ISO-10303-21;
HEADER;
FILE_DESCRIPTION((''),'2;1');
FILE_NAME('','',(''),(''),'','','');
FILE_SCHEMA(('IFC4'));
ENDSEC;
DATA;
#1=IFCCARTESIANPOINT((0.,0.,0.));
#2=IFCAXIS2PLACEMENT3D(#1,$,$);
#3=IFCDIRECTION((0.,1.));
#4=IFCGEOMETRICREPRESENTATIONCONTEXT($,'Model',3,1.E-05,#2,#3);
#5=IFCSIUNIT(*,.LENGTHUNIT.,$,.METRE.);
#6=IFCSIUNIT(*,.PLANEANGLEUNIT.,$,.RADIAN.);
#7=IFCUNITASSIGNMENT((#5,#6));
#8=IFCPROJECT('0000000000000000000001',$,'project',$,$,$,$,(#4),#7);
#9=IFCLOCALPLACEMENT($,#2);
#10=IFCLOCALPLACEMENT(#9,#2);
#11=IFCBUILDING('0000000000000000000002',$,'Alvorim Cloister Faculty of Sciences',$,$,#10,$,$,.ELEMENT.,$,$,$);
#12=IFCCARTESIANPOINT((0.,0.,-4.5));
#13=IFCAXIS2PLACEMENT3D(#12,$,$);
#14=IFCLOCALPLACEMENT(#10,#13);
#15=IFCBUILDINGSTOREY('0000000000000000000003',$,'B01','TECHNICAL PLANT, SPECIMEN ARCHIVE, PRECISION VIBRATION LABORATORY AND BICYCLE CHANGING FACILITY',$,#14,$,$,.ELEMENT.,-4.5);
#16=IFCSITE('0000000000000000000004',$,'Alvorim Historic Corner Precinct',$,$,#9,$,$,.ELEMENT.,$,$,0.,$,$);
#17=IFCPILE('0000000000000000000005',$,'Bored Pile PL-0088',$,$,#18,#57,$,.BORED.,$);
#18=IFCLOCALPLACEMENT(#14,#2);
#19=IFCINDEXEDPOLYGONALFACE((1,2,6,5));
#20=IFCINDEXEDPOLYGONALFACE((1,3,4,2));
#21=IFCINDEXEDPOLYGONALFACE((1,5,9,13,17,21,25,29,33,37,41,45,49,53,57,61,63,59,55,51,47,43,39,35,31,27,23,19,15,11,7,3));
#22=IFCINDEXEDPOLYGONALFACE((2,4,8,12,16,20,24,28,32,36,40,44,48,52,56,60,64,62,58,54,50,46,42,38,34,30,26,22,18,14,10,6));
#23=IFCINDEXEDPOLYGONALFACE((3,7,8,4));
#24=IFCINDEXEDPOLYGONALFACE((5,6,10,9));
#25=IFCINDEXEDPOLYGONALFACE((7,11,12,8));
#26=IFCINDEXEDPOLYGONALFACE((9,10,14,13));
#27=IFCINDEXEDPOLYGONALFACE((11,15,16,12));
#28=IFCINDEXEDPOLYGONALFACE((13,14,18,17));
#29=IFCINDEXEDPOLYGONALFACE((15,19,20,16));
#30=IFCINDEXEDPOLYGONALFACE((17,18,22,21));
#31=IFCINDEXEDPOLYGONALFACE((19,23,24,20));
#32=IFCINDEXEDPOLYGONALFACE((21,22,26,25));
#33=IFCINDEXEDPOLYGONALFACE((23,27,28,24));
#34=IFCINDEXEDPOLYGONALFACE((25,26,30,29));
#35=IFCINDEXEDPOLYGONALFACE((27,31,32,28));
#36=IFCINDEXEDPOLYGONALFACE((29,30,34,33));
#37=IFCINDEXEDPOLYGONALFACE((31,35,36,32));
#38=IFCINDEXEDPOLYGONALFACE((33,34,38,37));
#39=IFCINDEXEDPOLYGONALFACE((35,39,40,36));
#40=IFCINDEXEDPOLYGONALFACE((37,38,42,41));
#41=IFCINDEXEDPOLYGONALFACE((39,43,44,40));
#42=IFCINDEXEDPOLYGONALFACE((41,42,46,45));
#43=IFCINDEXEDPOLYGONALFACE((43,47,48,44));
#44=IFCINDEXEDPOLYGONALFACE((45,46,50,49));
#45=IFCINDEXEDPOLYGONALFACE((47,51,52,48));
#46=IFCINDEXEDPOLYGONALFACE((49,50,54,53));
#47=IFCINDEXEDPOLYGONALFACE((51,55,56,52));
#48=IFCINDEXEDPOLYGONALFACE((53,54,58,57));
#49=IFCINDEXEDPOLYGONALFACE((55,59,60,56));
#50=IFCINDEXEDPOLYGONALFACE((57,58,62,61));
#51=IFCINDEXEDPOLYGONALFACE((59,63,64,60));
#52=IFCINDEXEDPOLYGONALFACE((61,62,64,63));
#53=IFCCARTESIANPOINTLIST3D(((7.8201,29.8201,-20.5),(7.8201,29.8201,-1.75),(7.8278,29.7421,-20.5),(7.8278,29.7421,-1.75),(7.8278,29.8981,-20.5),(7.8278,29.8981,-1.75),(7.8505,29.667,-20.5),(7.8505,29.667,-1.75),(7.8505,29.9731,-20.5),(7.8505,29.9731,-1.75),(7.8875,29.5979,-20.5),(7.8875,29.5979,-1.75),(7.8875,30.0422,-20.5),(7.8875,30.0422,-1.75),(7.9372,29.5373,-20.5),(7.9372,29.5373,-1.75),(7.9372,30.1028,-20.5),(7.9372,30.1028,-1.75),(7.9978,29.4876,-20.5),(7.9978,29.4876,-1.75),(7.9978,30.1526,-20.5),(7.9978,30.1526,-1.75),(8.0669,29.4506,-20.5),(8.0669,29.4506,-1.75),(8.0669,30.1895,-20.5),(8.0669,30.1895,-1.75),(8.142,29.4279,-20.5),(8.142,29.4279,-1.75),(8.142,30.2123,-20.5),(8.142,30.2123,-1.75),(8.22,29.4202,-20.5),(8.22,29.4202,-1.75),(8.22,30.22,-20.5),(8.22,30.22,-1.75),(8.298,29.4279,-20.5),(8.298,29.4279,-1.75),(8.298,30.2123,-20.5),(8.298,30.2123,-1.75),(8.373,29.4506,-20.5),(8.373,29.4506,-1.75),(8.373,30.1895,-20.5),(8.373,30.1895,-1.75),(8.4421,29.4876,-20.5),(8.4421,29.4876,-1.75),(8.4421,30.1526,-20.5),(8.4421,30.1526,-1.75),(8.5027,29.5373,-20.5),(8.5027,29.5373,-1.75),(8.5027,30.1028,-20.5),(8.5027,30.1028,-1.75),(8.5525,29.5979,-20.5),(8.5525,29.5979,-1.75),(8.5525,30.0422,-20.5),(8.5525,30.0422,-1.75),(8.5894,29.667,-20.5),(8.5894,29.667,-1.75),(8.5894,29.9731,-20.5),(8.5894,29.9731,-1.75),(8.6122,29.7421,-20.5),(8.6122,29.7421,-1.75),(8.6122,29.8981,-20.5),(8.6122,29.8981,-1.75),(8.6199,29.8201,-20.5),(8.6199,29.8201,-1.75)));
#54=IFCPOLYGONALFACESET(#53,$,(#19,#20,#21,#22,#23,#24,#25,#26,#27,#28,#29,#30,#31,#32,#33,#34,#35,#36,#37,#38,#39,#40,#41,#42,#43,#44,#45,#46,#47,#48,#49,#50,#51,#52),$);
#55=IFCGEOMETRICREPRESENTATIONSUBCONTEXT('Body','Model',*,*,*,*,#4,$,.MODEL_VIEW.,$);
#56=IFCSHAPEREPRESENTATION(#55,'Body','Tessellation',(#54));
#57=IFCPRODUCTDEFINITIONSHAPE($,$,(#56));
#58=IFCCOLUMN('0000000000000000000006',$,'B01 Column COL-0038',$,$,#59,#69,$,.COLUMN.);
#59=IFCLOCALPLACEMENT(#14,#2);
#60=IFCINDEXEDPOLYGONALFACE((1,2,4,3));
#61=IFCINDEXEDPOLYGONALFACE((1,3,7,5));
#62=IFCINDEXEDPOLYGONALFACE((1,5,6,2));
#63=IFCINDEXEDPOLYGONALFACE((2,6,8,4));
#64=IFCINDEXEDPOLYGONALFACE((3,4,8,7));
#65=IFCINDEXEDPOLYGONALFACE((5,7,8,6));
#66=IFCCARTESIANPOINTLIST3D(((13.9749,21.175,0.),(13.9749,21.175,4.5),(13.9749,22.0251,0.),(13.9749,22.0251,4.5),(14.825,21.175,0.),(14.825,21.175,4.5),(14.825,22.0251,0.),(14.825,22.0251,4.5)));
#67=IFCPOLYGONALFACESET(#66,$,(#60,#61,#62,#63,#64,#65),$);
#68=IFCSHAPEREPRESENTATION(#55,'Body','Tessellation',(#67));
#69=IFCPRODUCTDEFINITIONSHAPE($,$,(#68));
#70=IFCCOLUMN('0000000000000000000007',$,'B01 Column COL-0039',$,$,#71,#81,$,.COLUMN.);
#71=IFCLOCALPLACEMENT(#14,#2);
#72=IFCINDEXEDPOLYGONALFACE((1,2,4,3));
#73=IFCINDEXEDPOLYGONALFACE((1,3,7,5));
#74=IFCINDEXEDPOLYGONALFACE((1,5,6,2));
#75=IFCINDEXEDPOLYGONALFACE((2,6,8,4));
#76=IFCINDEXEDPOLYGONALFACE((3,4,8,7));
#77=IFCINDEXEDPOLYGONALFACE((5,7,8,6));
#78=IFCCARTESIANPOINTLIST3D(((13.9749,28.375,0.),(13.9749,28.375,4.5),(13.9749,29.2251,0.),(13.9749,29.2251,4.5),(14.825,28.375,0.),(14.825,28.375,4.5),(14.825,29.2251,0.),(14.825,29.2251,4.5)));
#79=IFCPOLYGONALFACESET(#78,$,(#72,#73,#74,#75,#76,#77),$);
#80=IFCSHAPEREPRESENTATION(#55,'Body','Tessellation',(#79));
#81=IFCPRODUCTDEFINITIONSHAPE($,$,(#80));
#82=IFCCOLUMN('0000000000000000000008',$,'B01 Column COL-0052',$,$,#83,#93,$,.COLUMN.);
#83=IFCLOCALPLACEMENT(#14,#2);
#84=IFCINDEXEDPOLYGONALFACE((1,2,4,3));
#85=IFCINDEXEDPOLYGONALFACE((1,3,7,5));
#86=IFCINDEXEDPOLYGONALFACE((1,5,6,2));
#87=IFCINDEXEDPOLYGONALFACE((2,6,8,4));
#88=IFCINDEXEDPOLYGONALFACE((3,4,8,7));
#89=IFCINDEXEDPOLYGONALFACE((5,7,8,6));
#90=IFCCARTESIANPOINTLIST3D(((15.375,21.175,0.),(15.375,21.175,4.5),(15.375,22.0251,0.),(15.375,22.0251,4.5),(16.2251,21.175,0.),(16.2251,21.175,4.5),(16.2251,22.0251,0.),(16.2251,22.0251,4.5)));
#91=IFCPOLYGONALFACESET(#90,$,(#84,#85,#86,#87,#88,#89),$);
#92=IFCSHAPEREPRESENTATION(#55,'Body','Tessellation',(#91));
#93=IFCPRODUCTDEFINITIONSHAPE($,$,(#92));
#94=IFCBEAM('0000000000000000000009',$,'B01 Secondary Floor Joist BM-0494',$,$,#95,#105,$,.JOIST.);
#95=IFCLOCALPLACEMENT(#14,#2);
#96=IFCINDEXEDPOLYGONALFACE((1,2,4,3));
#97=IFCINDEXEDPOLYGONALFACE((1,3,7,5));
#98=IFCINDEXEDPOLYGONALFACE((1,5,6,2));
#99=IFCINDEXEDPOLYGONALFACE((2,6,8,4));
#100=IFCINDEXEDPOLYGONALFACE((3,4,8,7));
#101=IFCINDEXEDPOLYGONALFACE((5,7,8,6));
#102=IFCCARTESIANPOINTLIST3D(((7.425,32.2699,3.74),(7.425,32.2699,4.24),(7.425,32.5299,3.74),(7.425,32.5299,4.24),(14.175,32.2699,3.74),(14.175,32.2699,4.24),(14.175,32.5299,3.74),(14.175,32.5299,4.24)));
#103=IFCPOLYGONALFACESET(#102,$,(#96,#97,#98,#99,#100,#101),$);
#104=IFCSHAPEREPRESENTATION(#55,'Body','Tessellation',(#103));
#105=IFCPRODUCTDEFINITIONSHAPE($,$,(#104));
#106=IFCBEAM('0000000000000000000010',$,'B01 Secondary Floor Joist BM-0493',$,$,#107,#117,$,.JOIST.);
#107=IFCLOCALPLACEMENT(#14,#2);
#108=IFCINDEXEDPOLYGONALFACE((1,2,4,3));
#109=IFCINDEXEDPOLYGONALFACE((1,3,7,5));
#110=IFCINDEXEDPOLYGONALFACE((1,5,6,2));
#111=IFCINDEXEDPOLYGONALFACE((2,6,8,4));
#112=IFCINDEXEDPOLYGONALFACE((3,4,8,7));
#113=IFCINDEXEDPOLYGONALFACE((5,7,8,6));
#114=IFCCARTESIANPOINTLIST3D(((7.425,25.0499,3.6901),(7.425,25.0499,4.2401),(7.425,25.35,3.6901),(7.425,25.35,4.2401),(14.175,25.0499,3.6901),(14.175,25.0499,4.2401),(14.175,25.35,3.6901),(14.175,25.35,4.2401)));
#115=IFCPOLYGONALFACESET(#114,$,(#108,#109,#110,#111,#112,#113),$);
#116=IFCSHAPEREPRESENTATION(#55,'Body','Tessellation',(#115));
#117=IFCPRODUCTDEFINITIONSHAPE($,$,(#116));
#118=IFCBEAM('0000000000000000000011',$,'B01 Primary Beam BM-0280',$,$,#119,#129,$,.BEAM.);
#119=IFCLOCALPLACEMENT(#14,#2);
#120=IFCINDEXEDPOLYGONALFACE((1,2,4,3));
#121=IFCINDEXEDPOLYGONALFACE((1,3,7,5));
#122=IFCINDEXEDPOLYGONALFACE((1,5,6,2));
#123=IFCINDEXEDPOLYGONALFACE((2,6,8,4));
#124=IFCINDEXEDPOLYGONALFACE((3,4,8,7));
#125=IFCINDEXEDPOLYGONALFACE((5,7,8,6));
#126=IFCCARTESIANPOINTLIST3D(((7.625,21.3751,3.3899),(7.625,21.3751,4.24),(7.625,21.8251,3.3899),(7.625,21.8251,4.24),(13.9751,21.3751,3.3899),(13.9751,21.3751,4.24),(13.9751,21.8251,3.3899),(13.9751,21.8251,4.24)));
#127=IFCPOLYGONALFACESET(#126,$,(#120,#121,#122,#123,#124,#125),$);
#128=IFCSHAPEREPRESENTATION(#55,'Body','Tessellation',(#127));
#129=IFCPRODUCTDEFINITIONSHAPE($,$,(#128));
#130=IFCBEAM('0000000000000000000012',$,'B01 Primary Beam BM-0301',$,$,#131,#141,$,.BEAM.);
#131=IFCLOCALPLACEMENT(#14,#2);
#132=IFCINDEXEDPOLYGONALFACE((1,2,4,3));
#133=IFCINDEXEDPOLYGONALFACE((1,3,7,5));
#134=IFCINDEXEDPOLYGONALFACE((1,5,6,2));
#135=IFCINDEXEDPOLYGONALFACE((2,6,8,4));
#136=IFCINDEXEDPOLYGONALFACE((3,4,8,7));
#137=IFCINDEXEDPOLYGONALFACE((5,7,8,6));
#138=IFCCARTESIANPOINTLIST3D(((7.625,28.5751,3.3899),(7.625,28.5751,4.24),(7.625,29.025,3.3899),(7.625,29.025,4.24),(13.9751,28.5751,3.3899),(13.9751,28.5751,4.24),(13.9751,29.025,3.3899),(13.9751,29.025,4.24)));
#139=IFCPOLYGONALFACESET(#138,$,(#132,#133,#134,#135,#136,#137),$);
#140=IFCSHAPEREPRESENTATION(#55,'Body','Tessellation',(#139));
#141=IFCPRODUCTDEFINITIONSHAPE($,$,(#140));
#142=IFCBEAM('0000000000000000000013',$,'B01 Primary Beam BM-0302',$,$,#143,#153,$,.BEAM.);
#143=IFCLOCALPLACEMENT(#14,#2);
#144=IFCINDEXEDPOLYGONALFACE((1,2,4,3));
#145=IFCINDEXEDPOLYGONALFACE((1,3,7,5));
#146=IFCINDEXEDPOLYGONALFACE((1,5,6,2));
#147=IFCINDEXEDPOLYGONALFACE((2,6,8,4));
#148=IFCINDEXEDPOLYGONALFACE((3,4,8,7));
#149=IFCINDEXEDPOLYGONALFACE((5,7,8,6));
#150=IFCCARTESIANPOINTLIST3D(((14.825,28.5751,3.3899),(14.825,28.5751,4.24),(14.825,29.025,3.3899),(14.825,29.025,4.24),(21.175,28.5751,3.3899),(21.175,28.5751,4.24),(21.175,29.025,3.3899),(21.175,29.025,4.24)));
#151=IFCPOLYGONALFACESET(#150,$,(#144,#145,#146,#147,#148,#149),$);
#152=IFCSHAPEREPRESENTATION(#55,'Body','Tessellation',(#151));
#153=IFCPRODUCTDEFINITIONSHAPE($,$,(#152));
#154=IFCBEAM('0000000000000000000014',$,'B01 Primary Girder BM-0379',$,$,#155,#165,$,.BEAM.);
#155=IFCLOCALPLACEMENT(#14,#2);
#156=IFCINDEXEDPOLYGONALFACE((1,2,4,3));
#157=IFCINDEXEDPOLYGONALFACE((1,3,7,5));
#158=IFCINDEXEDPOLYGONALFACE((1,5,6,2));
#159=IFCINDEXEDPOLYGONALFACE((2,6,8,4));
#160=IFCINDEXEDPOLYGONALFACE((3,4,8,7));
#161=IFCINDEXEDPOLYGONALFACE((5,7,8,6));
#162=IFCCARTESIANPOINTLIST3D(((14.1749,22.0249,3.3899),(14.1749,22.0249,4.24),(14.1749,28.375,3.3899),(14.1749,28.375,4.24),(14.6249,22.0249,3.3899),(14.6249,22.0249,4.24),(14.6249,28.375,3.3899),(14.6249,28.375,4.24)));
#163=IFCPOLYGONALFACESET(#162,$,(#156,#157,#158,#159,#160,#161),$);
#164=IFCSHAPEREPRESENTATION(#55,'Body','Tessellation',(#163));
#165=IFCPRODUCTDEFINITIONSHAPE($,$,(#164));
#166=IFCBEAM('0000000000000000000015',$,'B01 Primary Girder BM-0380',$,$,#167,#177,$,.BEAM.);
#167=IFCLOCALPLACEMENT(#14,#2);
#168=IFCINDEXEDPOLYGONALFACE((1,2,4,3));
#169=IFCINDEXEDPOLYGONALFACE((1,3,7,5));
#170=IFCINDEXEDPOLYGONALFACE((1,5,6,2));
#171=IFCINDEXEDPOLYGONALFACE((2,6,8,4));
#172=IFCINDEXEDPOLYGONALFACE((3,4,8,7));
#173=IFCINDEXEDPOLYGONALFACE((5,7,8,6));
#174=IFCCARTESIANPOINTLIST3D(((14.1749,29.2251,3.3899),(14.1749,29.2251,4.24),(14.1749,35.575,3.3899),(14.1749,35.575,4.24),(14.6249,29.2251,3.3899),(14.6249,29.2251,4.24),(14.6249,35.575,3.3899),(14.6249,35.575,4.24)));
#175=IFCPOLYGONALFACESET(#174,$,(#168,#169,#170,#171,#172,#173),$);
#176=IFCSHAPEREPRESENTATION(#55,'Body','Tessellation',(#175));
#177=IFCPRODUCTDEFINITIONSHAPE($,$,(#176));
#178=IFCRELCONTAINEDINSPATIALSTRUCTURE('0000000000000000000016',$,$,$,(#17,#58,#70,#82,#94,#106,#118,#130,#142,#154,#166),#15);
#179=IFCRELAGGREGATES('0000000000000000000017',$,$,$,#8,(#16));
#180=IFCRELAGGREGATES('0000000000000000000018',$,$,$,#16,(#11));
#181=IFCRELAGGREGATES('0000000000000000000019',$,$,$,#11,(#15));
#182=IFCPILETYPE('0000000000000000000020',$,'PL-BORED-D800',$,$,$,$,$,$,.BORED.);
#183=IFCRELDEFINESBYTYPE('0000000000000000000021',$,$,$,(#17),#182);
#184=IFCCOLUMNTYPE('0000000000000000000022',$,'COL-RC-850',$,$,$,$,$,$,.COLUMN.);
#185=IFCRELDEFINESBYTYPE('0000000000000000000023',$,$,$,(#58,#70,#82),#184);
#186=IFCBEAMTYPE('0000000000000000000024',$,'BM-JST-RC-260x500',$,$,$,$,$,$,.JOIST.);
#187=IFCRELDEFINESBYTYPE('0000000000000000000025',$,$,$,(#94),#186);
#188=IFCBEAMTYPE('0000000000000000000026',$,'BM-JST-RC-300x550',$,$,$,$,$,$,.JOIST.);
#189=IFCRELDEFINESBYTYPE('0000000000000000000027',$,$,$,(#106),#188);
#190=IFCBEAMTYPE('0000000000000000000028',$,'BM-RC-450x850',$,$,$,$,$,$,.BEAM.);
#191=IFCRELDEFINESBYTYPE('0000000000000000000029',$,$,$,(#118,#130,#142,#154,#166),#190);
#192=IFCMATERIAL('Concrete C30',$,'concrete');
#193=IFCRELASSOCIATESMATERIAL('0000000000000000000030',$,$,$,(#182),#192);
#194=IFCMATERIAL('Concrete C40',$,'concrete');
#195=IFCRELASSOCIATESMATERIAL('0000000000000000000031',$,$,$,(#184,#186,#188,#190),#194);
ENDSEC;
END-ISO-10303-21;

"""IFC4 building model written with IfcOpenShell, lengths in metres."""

from ifc_helpers import new_model, si_unit, direction, frame, origin, origin_2d, place, context, subcontext, project, spatial, rectangle, circle, extrude, material, material_profile, profile_set, type_object, element, save


model = new_model("IFC4")

# Units and contexts
model_context = context("Model", 3, precision=1e-05, world=origin(), true_north=direction((0.0, 1.0)))
body_context = subcontext(model_context, "Body", "Model", "MODEL_VIEW")
ifc_project = project(units=[si_unit("LENGTHUNIT", "METRE"), si_unit("PLANEANGLEUNIT", "RADIAN")], contexts=[model_context])

# Site, building, storey
site_placement = place(None, origin())
site = spatial("IfcSite", under=ifc_project, at=site_placement, Name="Alvorim Historic Corner Precinct", CompositionType="ELEMENT", RefElevation=0.0)
building_placement = place(site_placement, origin())
building = spatial("IfcBuilding", under=site, at=building_placement, Name="Alvorim Cloister Faculty of Sciences", CompositionType="ELEMENT")
storey_placement = place(building_placement, frame((0.0, 0.0, -4.5)))
storey = spatial("IfcBuildingStorey", under=building, at=storey_placement, Name="B01", Description="TECHNICAL PLANT, SPECIMEN ARCHIVE, PRECISION VIBRATION LABORATORY AND BICYCLE CHANGING FACILITY", CompositionType="ELEMENT", Elevation=-4.5)

# Shared definitions
ifc_material_1 = material(Name="Concrete C40", Category="concrete")

# Pile
ifc_material_2 = material(Name="Concrete C30", Category="concrete")
ifc_material_profile_1 = material_profile(ifc_material_2, circle(Radius=0.3999, at=origin_2d()), Name="PILE-D800")
ifc_profile_set_1 = profile_set([ifc_material_profile_1], Name="Concrete C30")
pile_type_1 = type_object("IfcPileType", Name="PL-BORED-D800", PredefinedType="BORED", material=ifc_profile_set_1)
for number, where, z_axis, x_axis, name in (
    (1, (8.22, 29.8201, -1.75), (0.0, 0.0, -1.0), (1.0, 0.0, 0.0), "Bored Pile PL-0088"),
):
    element("IfcPile", number, at=place(storey_placement, frame(where, z_axis=z_axis, x_axis=x_axis)), inside=storey, type_object=pile_type_1, Name=name, PredefinedType="BORED", context=body_context, shape_type="SweptSolid", body=[
        extrude(circle(Radius=0.3999, at=origin_2d()), origin(), (0.0, 0.0, 1.0), 18.75),
    ])

# Columns
ifc_material_profile_2 = material_profile(ifc_material_1, rectangle(XDim=0.8501, YDim=0.8501, at=origin_2d()), Name="RC40-COL-850x850")
ifc_profile_set_2 = profile_set([ifc_material_profile_2], Name="Concrete C40")
column_type = type_object("IfcColumnType", Name="COL-RC-850", PredefinedType="COLUMN", material=ifc_profile_set_2)
for number, where, z_axis, x_axis, name in (
    (2, (14.3999, 21.6001, 0.0), (0.0, 0.0, 1.0), (1.0, 0.0, 0.0), "B01 Column COL-0038"),
    (3, (14.3999, 28.8, 0.0), (0.0, 0.0, 1.0), (1.0, 0.0, 0.0), "B01 Column COL-0039"),
    (4, (15.8, 21.6001, 0.0), (0.0, 0.0, 1.0), (1.0, 0.0, 0.0), "B01 Column COL-0052"),
):
    element("IfcColumn", number, at=place(storey_placement, frame(where, z_axis=z_axis, x_axis=x_axis)), inside=storey, type_object=column_type, Name=name, PredefinedType="COLUMN", context=body_context, shape_type="SweptSolid", body=[
        extrude(rectangle(XDim=0.8501, YDim=0.8501, at=origin_2d()), origin(), (0.0, 0.0, 1.0), 4.5),
    ])

# Beams
ifc_material_profile_3 = material_profile(ifc_material_1, rectangle(XDim=0.26, YDim=0.5, at=origin_2d()), Name="RC40-JST-260x500")
ifc_profile_set_3 = profile_set([ifc_material_profile_3], Name="Concrete C40")
beam_type_1 = type_object("IfcBeamType", Name="BM-JST-RC-260x500", PredefinedType="JOIST", material=ifc_profile_set_3)
beam_1_placement = place(storey_placement, frame((7.425, 32.3999, 3.99), z_axis=(1.0, 0.0, 0.0), x_axis=(0.0, 1.0, 0.0)))
element("IfcBeam", 5, at=beam_1_placement, inside=storey, type_object=beam_type_1, Name="B01 Secondary Floor Joist BM-0494", PredefinedType="JOIST", context=body_context, shape_type="SweptSolid", body=[
    extrude(rectangle(XDim=0.26, YDim=0.5, at=origin_2d()), origin(), (0.0, 0.0, 1.0), 6.75),
])
ifc_material_profile_4 = material_profile(ifc_material_1, rectangle(XDim=0.3, YDim=0.55, at=origin_2d()), Name="RC40-JST-300x550")
ifc_profile_set_4 = profile_set([ifc_material_profile_4], Name="Concrete C40")
beam_type_2 = type_object("IfcBeamType", Name="BM-JST-RC-300x550", PredefinedType="JOIST", material=ifc_profile_set_4)
beam_2_placement = place(storey_placement, frame((7.425, 25.2, 3.9651), z_axis=(1.0, 0.0, 0.0), x_axis=(0.0, 1.0, 0.0)))
element("IfcBeam", 6, at=beam_2_placement, inside=storey, type_object=beam_type_2, Name="B01 Secondary Floor Joist BM-0493", PredefinedType="JOIST", context=body_context, shape_type="SweptSolid", body=[
    extrude(rectangle(XDim=0.3, YDim=0.55, at=origin_2d()), origin(), (0.0, 0.0, 1.0), 6.75),
])
ifc_material_profile_5 = material_profile(ifc_material_1, rectangle(XDim=0.45, YDim=0.8501, at=origin_2d()), Name="RC40-BM-450x850")
ifc_profile_set_5 = profile_set([ifc_material_profile_5], Name="Concrete C40")
beam_type_3 = type_object("IfcBeamType", Name="BM-RC-450x850", PredefinedType="BEAM", material=ifc_profile_set_5)
for number, where, z_axis, x_axis, name in (
    (7, (7.625, 21.6001, 3.8149), (1.0, 0.0, 0.0), (0.0, 1.0, 0.0), "B01 Primary Beam BM-0280"),
    (8, (7.625, 28.8, 3.8149), (1.0, 0.0, 0.0), (0.0, 1.0, 0.0), "B01 Primary Beam BM-0301"),
    (9, (14.825, 28.8, 3.8149), (1.0, 0.0, 0.0), (0.0, 1.0, 0.0), "B01 Primary Beam BM-0302"),
    (10, (14.3999, 22.0249, 3.8149), (0.0, 1.0, 0.0), (-1.0, 0.0, 0.0), "B01 Primary Girder BM-0379"),
):
    element("IfcBeam", number, at=place(storey_placement, frame(where, z_axis=z_axis, x_axis=x_axis)), inside=storey, type_object=beam_type_3, Name=name, PredefinedType="BEAM", context=body_context, shape_type="SweptSolid", body=[
        extrude(rectangle(XDim=0.45, YDim=0.8501, at=origin_2d()), origin(), (0.0, 0.0, 1.0), 6.3501),
    ])
beam_3_placement = place(storey_placement, frame((14.3999, 29.2251, 3.8149), z_axis=(0.0, 1.0, 0.0), x_axis=(-1.0, 0.0, 0.0)))
element("IfcBeam", 11, at=beam_3_placement, inside=storey, type_object=beam_type_3, Name="B01 Primary Girder BM-0380", PredefinedType="BEAM", context=body_context, shape_type="SweptSolid", body=[
    extrude(rectangle(XDim=0.45, YDim=0.8501, at=origin_2d()), origin(), (0.0, 0.0, 1.0), 6.3499),
])

save(model, "model.ifc")
